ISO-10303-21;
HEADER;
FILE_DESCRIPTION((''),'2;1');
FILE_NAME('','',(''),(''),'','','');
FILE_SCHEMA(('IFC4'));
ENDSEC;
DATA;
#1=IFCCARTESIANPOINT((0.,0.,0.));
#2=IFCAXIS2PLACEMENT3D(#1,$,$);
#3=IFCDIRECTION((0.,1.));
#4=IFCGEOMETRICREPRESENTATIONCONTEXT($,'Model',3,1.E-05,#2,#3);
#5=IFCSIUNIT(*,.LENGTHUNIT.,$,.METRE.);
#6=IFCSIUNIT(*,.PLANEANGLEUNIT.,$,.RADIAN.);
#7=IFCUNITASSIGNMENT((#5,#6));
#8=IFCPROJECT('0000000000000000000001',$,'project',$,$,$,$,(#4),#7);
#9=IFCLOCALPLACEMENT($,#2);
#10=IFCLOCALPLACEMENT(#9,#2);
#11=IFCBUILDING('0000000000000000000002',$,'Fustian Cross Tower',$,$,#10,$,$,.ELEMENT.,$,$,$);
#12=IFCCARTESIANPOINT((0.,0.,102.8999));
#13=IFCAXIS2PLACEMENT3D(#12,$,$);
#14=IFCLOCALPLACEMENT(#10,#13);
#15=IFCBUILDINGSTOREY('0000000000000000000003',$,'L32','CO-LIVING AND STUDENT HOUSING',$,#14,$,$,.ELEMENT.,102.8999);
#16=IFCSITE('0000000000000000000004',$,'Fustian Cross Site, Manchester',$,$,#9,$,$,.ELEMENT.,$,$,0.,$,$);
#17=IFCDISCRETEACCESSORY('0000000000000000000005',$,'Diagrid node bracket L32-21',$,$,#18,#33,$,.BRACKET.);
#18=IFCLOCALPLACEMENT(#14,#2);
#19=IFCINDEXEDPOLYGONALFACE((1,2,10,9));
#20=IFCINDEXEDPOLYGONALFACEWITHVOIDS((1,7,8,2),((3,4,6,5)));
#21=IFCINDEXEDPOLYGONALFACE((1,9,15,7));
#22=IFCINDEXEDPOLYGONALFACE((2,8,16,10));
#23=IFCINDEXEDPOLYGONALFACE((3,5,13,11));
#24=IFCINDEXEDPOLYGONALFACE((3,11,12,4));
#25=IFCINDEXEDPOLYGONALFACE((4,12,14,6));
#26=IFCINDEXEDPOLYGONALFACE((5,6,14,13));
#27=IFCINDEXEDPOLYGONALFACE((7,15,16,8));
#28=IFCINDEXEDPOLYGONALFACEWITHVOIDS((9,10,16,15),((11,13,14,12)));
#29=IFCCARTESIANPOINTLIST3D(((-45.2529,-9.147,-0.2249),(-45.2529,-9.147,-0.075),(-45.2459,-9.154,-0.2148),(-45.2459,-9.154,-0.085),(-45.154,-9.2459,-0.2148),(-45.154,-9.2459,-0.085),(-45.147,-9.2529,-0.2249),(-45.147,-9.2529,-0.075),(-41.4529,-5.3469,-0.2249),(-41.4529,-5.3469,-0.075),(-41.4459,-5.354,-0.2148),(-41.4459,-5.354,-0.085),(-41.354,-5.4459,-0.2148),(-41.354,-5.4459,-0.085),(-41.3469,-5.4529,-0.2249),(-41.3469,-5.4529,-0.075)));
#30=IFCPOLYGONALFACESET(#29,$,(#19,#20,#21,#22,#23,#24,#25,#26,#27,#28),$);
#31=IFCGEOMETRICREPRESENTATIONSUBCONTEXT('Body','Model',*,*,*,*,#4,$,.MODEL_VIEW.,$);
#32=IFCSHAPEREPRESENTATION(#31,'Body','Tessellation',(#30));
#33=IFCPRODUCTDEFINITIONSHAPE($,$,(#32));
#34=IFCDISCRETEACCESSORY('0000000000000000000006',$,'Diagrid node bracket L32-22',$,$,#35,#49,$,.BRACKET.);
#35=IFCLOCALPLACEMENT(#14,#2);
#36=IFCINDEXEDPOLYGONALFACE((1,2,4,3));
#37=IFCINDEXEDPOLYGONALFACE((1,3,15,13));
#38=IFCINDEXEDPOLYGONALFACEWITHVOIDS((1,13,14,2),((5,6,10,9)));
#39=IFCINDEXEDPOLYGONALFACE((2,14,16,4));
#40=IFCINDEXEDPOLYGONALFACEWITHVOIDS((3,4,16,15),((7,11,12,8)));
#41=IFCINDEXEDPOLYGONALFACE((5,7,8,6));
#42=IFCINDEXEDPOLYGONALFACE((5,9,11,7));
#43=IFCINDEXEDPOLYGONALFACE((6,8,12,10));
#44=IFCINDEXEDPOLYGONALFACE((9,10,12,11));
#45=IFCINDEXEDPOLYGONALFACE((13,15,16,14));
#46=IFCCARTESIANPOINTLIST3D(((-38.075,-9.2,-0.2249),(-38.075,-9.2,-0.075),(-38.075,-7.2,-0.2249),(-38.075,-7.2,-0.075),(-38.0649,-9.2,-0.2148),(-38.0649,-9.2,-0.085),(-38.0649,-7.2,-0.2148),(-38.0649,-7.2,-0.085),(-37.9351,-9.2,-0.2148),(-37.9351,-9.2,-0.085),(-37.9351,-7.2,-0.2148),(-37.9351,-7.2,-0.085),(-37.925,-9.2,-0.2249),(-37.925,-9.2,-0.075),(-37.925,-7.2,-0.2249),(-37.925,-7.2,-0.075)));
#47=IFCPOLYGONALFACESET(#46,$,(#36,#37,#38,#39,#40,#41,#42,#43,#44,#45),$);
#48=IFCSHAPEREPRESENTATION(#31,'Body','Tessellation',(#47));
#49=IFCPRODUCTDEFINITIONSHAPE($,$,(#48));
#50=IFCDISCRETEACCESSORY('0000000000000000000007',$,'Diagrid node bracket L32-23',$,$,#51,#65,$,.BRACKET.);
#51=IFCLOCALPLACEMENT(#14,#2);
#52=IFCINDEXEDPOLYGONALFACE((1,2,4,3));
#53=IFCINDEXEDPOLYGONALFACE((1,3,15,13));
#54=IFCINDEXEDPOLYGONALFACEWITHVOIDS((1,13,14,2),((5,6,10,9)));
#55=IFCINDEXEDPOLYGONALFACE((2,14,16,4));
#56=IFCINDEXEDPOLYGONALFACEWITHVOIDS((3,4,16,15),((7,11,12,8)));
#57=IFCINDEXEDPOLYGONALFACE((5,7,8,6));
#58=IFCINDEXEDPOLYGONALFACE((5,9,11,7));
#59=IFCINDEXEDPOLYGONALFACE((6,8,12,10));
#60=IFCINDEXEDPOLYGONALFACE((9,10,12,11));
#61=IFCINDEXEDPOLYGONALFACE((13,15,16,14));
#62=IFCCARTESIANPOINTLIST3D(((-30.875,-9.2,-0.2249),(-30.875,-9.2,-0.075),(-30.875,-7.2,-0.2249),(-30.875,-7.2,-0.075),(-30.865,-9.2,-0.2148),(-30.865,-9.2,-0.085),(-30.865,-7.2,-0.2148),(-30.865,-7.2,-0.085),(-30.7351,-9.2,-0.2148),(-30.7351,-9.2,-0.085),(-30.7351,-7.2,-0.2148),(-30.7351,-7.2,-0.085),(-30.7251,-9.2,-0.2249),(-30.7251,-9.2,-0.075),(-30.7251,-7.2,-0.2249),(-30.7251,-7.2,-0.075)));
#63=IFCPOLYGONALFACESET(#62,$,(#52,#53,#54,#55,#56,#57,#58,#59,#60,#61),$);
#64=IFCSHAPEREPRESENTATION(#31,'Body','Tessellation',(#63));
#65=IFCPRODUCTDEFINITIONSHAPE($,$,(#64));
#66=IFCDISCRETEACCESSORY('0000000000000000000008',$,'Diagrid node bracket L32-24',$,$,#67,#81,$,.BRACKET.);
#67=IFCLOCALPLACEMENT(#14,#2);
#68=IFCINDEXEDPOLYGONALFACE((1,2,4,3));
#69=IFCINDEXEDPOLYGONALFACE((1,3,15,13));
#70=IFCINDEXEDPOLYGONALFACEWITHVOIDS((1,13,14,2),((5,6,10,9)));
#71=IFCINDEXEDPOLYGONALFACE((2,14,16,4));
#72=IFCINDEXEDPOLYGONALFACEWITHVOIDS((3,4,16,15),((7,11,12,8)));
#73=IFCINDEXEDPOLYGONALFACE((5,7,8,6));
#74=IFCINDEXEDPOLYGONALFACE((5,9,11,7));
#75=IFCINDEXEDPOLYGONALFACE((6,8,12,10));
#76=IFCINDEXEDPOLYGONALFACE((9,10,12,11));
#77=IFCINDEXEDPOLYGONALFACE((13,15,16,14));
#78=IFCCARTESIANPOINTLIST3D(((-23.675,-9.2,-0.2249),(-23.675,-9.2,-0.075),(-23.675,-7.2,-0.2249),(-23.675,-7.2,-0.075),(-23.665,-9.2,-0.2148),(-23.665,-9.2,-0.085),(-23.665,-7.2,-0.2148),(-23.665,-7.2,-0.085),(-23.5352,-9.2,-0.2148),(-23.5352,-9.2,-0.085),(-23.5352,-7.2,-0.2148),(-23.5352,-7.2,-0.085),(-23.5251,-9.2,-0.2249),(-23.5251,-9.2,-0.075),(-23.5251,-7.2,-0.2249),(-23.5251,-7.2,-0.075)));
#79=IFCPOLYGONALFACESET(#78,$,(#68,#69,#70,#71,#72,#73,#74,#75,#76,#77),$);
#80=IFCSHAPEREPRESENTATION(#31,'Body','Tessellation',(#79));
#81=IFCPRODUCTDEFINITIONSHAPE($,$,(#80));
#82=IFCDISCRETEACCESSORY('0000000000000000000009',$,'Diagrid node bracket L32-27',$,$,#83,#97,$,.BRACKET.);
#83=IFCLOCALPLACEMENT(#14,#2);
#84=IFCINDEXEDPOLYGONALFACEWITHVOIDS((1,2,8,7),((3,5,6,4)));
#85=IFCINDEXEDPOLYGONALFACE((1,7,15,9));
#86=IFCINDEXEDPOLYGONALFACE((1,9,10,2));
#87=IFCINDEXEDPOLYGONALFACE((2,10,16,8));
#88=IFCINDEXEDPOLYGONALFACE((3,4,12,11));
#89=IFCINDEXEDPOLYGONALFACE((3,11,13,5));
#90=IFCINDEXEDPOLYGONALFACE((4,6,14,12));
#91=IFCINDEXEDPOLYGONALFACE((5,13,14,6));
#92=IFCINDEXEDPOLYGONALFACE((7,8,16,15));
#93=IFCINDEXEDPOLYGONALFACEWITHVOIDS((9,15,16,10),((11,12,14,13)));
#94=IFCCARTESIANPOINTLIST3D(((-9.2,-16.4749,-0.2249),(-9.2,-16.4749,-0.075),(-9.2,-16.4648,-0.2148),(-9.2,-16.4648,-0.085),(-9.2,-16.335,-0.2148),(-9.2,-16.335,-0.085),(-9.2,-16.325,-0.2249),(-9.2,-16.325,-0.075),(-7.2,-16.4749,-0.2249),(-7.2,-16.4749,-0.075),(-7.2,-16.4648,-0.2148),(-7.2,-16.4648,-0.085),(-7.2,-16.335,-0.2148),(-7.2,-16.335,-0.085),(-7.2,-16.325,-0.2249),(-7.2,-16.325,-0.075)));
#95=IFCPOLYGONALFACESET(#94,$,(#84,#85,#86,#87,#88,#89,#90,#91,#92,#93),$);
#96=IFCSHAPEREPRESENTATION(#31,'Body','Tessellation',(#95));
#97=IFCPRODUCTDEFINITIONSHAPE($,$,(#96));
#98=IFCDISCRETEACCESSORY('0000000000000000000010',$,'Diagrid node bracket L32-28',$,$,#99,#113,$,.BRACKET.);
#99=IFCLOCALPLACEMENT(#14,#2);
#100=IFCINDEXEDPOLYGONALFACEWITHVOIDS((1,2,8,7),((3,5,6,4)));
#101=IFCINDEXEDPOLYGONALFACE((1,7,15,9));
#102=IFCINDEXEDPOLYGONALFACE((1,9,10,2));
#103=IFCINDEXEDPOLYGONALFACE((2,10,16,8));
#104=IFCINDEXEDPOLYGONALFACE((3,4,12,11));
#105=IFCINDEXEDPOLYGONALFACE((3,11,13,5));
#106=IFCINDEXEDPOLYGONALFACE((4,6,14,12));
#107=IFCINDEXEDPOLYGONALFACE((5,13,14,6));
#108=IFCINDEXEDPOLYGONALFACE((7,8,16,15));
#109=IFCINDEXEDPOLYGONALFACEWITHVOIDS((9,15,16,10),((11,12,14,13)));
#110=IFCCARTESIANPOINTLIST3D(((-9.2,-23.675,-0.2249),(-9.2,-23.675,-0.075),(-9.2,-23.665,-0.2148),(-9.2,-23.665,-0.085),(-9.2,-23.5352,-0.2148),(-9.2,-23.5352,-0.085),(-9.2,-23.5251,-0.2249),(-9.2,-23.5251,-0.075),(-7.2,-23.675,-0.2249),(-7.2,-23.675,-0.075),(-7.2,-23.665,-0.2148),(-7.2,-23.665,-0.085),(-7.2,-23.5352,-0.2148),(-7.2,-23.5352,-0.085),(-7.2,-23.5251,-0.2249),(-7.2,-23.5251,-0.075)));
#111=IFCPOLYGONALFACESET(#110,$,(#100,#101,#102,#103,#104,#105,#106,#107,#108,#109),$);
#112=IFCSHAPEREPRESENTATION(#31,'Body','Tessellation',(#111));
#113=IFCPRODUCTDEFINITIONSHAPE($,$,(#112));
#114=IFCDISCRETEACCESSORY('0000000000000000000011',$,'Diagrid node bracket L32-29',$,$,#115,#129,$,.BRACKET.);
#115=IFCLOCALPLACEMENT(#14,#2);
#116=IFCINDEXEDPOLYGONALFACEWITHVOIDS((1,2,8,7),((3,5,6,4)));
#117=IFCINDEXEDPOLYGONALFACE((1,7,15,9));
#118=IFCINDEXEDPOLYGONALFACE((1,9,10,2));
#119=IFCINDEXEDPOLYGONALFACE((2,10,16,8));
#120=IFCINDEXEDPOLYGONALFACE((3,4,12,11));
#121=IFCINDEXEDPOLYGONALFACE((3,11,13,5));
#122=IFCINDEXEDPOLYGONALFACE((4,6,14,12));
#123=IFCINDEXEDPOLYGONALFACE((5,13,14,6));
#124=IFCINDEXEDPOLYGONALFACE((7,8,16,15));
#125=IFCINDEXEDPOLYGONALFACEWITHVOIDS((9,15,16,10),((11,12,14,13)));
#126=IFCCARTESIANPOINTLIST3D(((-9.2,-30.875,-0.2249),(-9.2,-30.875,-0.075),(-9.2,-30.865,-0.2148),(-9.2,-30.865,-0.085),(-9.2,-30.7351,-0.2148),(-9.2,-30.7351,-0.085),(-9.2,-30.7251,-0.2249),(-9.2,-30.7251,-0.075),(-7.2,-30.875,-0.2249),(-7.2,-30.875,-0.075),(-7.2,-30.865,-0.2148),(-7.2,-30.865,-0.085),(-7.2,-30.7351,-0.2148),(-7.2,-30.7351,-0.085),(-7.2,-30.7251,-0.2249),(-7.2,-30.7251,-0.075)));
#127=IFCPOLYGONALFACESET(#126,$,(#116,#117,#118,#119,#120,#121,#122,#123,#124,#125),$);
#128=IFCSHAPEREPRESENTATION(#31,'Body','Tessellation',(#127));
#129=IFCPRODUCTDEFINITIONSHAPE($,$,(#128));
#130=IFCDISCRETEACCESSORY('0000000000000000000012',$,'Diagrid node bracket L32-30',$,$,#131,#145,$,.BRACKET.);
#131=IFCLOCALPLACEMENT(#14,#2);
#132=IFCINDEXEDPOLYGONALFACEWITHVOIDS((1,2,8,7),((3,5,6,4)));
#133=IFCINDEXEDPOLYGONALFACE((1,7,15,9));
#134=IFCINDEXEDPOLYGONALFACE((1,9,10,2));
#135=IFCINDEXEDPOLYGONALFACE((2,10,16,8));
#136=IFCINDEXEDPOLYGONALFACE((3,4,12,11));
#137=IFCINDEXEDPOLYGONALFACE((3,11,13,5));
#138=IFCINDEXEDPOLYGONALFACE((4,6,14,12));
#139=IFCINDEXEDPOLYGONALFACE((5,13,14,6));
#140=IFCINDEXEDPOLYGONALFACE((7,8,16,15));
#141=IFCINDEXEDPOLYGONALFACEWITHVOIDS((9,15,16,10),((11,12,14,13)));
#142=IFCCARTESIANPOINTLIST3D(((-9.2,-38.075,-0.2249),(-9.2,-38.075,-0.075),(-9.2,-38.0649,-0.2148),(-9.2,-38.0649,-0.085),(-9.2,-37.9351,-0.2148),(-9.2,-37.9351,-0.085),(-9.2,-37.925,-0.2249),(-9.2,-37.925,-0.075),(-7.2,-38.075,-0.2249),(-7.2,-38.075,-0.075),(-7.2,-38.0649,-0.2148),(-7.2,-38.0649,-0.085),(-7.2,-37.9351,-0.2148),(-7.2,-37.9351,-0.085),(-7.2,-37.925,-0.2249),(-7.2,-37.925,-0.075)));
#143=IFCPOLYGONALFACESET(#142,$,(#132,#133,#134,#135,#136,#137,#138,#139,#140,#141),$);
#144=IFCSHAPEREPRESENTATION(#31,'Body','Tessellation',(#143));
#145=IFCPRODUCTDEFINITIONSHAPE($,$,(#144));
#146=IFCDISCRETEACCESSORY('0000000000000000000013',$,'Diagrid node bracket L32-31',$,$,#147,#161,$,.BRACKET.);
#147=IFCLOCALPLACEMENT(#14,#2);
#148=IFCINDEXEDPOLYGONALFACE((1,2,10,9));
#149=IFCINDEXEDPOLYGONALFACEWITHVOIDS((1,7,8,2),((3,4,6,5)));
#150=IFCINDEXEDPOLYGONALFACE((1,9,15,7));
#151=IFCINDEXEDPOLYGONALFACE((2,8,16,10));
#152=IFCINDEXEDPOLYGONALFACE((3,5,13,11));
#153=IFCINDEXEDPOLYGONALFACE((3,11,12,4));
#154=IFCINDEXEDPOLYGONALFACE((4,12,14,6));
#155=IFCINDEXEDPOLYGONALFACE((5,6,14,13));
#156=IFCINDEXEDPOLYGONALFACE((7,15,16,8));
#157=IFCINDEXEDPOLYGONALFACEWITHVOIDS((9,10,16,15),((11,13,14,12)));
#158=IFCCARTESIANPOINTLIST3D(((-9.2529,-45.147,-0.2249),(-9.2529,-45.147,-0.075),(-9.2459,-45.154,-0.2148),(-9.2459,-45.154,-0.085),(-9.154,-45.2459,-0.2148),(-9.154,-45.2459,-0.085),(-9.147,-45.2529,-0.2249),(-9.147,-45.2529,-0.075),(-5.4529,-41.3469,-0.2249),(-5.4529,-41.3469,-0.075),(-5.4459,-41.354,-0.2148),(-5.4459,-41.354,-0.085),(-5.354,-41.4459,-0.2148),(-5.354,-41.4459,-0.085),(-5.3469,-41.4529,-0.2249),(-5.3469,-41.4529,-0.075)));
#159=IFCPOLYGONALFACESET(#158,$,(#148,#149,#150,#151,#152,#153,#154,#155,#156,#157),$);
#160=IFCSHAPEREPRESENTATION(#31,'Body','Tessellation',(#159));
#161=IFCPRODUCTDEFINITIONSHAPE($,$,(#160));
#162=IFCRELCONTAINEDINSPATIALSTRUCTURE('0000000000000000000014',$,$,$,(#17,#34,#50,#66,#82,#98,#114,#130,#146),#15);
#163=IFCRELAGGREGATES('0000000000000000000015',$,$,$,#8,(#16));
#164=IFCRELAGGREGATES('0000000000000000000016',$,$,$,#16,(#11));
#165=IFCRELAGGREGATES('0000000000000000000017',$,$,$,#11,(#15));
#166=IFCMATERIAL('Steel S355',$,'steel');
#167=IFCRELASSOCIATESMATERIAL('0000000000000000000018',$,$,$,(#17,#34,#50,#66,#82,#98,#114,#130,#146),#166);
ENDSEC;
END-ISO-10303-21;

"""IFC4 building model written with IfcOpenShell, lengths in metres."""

from ifc_helpers import new_model, si_unit, direction, frame, origin, origin_2d, place, context, subcontext, project, spatial, hollow_rectangle, extrude, material, element, save


model = new_model("IFC4")

# Units and contexts
model_context = context("Model", 3, precision=1e-05, world=origin(), true_north=direction((0.0, 1.0)))
body_context = subcontext(model_context, "Body", "Model", "MODEL_VIEW")
ifc_project = project(units=[si_unit("LENGTHUNIT", "METRE"), si_unit("PLANEANGLEUNIT", "RADIAN")], contexts=[model_context])

# Site, building, storey
site_placement = place(None, origin())
site = spatial("IfcSite", under=ifc_project, at=site_placement, Name="Fustian Cross Site, Manchester", CompositionType="ELEMENT", RefElevation=0.0)
building_placement = place(site_placement, origin())
building = spatial("IfcBuilding", under=site, at=building_placement, Name="Fustian Cross Tower", CompositionType="ELEMENT")
storey_placement = place(building_placement, frame((0.0, 0.0, 102.8999)))
storey = spatial("IfcBuildingStorey", under=building, at=storey_placement, Name="L32", Description="CO-LIVING AND STUDENT HOUSING", CompositionType="ELEMENT", Elevation=102.8999)

# Discrete accessories
ifc_material_1 = material(Name="Steel S355", Category="steel")
discrete_accessory_1_placement = place(storey_placement, frame((-45.2, -9.2, -0.1499), z_axis=(0.707107, 0.707107, 0.0), x_axis=(-0.707107, 0.707107, 0.0)))
element("IfcDiscreteAccessory", 1, at=discrete_accessory_1_placement, inside=storey, material=ifc_material_1, Name="Diagrid node bracket L32-21", PredefinedType="BRACKET", context=body_context, shape_type="SweptSolid", body=[
    extrude(hollow_rectangle(XDim=0.1499, YDim=0.1499, WallThickness=0.01, at=origin_2d()), origin(), (0.0, 0.0, 1.0), 5.374),
])
for number, where, z_axis, x_axis, name in (
    (2, (-38.0, -9.2, -0.1499), (0.0, 1.0, 0.0), (-1.0, 0.0, 0.0), "Diagrid node bracket L32-22"),
    (3, (-30.8, -9.2, -0.1499), (0.0, 1.0, 0.0), (-1.0, 0.0, 0.0), "Diagrid node bracket L32-23"),
    (4, (-23.6001, -9.2, -0.1499), (0.0, 1.0, 0.0), (-1.0, 0.0, 0.0), "Diagrid node bracket L32-24"),
    (5, (-9.2, -16.3999, -0.1499), (1.0, 0.0, 0.0), (0.0, 1.0, 0.0), "Diagrid node bracket L32-27"),
    (6, (-9.2, -23.6001, -0.1499), (1.0, 0.0, 0.0), (0.0, 1.0, 0.0), "Diagrid node bracket L32-28"),
    (7, (-9.2, -30.8, -0.1499), (1.0, 0.0, 0.0), (0.0, 1.0, 0.0), "Diagrid node bracket L32-29"),
    (8, (-9.2, -38.0, -0.1499), (1.0, 0.0, 0.0), (0.0, 1.0, 0.0), "Diagrid node bracket L32-30"),
):
    element("IfcDiscreteAccessory", number, at=place(storey_placement, frame(where, z_axis=z_axis, x_axis=x_axis)), inside=storey, material=ifc_material_1, Name=name, PredefinedType="BRACKET", context=body_context, shape_type="SweptSolid", body=[
        extrude(hollow_rectangle(XDim=0.1499, YDim=0.1499, WallThickness=0.01, at=origin_2d()), origin(), (0.0, 0.0, 1.0), 2.0),
    ])
discrete_accessory_2_placement = place(storey_placement, frame((-9.2, -45.2, -0.1499), z_axis=(0.707107, 0.707107, 0.0), x_axis=(-0.707107, 0.707107, 0.0)))
element("IfcDiscreteAccessory", 9, at=discrete_accessory_2_placement, inside=storey, material=ifc_material_1, Name="Diagrid node bracket L32-31", PredefinedType="BRACKET", context=body_context, shape_type="SweptSolid", body=[
    extrude(hollow_rectangle(XDim=0.1499, YDim=0.1499, WallThickness=0.01, at=origin_2d()), origin(), (0.0, 0.0, 1.0), 5.374),
])

save(model, "model.ifc")
